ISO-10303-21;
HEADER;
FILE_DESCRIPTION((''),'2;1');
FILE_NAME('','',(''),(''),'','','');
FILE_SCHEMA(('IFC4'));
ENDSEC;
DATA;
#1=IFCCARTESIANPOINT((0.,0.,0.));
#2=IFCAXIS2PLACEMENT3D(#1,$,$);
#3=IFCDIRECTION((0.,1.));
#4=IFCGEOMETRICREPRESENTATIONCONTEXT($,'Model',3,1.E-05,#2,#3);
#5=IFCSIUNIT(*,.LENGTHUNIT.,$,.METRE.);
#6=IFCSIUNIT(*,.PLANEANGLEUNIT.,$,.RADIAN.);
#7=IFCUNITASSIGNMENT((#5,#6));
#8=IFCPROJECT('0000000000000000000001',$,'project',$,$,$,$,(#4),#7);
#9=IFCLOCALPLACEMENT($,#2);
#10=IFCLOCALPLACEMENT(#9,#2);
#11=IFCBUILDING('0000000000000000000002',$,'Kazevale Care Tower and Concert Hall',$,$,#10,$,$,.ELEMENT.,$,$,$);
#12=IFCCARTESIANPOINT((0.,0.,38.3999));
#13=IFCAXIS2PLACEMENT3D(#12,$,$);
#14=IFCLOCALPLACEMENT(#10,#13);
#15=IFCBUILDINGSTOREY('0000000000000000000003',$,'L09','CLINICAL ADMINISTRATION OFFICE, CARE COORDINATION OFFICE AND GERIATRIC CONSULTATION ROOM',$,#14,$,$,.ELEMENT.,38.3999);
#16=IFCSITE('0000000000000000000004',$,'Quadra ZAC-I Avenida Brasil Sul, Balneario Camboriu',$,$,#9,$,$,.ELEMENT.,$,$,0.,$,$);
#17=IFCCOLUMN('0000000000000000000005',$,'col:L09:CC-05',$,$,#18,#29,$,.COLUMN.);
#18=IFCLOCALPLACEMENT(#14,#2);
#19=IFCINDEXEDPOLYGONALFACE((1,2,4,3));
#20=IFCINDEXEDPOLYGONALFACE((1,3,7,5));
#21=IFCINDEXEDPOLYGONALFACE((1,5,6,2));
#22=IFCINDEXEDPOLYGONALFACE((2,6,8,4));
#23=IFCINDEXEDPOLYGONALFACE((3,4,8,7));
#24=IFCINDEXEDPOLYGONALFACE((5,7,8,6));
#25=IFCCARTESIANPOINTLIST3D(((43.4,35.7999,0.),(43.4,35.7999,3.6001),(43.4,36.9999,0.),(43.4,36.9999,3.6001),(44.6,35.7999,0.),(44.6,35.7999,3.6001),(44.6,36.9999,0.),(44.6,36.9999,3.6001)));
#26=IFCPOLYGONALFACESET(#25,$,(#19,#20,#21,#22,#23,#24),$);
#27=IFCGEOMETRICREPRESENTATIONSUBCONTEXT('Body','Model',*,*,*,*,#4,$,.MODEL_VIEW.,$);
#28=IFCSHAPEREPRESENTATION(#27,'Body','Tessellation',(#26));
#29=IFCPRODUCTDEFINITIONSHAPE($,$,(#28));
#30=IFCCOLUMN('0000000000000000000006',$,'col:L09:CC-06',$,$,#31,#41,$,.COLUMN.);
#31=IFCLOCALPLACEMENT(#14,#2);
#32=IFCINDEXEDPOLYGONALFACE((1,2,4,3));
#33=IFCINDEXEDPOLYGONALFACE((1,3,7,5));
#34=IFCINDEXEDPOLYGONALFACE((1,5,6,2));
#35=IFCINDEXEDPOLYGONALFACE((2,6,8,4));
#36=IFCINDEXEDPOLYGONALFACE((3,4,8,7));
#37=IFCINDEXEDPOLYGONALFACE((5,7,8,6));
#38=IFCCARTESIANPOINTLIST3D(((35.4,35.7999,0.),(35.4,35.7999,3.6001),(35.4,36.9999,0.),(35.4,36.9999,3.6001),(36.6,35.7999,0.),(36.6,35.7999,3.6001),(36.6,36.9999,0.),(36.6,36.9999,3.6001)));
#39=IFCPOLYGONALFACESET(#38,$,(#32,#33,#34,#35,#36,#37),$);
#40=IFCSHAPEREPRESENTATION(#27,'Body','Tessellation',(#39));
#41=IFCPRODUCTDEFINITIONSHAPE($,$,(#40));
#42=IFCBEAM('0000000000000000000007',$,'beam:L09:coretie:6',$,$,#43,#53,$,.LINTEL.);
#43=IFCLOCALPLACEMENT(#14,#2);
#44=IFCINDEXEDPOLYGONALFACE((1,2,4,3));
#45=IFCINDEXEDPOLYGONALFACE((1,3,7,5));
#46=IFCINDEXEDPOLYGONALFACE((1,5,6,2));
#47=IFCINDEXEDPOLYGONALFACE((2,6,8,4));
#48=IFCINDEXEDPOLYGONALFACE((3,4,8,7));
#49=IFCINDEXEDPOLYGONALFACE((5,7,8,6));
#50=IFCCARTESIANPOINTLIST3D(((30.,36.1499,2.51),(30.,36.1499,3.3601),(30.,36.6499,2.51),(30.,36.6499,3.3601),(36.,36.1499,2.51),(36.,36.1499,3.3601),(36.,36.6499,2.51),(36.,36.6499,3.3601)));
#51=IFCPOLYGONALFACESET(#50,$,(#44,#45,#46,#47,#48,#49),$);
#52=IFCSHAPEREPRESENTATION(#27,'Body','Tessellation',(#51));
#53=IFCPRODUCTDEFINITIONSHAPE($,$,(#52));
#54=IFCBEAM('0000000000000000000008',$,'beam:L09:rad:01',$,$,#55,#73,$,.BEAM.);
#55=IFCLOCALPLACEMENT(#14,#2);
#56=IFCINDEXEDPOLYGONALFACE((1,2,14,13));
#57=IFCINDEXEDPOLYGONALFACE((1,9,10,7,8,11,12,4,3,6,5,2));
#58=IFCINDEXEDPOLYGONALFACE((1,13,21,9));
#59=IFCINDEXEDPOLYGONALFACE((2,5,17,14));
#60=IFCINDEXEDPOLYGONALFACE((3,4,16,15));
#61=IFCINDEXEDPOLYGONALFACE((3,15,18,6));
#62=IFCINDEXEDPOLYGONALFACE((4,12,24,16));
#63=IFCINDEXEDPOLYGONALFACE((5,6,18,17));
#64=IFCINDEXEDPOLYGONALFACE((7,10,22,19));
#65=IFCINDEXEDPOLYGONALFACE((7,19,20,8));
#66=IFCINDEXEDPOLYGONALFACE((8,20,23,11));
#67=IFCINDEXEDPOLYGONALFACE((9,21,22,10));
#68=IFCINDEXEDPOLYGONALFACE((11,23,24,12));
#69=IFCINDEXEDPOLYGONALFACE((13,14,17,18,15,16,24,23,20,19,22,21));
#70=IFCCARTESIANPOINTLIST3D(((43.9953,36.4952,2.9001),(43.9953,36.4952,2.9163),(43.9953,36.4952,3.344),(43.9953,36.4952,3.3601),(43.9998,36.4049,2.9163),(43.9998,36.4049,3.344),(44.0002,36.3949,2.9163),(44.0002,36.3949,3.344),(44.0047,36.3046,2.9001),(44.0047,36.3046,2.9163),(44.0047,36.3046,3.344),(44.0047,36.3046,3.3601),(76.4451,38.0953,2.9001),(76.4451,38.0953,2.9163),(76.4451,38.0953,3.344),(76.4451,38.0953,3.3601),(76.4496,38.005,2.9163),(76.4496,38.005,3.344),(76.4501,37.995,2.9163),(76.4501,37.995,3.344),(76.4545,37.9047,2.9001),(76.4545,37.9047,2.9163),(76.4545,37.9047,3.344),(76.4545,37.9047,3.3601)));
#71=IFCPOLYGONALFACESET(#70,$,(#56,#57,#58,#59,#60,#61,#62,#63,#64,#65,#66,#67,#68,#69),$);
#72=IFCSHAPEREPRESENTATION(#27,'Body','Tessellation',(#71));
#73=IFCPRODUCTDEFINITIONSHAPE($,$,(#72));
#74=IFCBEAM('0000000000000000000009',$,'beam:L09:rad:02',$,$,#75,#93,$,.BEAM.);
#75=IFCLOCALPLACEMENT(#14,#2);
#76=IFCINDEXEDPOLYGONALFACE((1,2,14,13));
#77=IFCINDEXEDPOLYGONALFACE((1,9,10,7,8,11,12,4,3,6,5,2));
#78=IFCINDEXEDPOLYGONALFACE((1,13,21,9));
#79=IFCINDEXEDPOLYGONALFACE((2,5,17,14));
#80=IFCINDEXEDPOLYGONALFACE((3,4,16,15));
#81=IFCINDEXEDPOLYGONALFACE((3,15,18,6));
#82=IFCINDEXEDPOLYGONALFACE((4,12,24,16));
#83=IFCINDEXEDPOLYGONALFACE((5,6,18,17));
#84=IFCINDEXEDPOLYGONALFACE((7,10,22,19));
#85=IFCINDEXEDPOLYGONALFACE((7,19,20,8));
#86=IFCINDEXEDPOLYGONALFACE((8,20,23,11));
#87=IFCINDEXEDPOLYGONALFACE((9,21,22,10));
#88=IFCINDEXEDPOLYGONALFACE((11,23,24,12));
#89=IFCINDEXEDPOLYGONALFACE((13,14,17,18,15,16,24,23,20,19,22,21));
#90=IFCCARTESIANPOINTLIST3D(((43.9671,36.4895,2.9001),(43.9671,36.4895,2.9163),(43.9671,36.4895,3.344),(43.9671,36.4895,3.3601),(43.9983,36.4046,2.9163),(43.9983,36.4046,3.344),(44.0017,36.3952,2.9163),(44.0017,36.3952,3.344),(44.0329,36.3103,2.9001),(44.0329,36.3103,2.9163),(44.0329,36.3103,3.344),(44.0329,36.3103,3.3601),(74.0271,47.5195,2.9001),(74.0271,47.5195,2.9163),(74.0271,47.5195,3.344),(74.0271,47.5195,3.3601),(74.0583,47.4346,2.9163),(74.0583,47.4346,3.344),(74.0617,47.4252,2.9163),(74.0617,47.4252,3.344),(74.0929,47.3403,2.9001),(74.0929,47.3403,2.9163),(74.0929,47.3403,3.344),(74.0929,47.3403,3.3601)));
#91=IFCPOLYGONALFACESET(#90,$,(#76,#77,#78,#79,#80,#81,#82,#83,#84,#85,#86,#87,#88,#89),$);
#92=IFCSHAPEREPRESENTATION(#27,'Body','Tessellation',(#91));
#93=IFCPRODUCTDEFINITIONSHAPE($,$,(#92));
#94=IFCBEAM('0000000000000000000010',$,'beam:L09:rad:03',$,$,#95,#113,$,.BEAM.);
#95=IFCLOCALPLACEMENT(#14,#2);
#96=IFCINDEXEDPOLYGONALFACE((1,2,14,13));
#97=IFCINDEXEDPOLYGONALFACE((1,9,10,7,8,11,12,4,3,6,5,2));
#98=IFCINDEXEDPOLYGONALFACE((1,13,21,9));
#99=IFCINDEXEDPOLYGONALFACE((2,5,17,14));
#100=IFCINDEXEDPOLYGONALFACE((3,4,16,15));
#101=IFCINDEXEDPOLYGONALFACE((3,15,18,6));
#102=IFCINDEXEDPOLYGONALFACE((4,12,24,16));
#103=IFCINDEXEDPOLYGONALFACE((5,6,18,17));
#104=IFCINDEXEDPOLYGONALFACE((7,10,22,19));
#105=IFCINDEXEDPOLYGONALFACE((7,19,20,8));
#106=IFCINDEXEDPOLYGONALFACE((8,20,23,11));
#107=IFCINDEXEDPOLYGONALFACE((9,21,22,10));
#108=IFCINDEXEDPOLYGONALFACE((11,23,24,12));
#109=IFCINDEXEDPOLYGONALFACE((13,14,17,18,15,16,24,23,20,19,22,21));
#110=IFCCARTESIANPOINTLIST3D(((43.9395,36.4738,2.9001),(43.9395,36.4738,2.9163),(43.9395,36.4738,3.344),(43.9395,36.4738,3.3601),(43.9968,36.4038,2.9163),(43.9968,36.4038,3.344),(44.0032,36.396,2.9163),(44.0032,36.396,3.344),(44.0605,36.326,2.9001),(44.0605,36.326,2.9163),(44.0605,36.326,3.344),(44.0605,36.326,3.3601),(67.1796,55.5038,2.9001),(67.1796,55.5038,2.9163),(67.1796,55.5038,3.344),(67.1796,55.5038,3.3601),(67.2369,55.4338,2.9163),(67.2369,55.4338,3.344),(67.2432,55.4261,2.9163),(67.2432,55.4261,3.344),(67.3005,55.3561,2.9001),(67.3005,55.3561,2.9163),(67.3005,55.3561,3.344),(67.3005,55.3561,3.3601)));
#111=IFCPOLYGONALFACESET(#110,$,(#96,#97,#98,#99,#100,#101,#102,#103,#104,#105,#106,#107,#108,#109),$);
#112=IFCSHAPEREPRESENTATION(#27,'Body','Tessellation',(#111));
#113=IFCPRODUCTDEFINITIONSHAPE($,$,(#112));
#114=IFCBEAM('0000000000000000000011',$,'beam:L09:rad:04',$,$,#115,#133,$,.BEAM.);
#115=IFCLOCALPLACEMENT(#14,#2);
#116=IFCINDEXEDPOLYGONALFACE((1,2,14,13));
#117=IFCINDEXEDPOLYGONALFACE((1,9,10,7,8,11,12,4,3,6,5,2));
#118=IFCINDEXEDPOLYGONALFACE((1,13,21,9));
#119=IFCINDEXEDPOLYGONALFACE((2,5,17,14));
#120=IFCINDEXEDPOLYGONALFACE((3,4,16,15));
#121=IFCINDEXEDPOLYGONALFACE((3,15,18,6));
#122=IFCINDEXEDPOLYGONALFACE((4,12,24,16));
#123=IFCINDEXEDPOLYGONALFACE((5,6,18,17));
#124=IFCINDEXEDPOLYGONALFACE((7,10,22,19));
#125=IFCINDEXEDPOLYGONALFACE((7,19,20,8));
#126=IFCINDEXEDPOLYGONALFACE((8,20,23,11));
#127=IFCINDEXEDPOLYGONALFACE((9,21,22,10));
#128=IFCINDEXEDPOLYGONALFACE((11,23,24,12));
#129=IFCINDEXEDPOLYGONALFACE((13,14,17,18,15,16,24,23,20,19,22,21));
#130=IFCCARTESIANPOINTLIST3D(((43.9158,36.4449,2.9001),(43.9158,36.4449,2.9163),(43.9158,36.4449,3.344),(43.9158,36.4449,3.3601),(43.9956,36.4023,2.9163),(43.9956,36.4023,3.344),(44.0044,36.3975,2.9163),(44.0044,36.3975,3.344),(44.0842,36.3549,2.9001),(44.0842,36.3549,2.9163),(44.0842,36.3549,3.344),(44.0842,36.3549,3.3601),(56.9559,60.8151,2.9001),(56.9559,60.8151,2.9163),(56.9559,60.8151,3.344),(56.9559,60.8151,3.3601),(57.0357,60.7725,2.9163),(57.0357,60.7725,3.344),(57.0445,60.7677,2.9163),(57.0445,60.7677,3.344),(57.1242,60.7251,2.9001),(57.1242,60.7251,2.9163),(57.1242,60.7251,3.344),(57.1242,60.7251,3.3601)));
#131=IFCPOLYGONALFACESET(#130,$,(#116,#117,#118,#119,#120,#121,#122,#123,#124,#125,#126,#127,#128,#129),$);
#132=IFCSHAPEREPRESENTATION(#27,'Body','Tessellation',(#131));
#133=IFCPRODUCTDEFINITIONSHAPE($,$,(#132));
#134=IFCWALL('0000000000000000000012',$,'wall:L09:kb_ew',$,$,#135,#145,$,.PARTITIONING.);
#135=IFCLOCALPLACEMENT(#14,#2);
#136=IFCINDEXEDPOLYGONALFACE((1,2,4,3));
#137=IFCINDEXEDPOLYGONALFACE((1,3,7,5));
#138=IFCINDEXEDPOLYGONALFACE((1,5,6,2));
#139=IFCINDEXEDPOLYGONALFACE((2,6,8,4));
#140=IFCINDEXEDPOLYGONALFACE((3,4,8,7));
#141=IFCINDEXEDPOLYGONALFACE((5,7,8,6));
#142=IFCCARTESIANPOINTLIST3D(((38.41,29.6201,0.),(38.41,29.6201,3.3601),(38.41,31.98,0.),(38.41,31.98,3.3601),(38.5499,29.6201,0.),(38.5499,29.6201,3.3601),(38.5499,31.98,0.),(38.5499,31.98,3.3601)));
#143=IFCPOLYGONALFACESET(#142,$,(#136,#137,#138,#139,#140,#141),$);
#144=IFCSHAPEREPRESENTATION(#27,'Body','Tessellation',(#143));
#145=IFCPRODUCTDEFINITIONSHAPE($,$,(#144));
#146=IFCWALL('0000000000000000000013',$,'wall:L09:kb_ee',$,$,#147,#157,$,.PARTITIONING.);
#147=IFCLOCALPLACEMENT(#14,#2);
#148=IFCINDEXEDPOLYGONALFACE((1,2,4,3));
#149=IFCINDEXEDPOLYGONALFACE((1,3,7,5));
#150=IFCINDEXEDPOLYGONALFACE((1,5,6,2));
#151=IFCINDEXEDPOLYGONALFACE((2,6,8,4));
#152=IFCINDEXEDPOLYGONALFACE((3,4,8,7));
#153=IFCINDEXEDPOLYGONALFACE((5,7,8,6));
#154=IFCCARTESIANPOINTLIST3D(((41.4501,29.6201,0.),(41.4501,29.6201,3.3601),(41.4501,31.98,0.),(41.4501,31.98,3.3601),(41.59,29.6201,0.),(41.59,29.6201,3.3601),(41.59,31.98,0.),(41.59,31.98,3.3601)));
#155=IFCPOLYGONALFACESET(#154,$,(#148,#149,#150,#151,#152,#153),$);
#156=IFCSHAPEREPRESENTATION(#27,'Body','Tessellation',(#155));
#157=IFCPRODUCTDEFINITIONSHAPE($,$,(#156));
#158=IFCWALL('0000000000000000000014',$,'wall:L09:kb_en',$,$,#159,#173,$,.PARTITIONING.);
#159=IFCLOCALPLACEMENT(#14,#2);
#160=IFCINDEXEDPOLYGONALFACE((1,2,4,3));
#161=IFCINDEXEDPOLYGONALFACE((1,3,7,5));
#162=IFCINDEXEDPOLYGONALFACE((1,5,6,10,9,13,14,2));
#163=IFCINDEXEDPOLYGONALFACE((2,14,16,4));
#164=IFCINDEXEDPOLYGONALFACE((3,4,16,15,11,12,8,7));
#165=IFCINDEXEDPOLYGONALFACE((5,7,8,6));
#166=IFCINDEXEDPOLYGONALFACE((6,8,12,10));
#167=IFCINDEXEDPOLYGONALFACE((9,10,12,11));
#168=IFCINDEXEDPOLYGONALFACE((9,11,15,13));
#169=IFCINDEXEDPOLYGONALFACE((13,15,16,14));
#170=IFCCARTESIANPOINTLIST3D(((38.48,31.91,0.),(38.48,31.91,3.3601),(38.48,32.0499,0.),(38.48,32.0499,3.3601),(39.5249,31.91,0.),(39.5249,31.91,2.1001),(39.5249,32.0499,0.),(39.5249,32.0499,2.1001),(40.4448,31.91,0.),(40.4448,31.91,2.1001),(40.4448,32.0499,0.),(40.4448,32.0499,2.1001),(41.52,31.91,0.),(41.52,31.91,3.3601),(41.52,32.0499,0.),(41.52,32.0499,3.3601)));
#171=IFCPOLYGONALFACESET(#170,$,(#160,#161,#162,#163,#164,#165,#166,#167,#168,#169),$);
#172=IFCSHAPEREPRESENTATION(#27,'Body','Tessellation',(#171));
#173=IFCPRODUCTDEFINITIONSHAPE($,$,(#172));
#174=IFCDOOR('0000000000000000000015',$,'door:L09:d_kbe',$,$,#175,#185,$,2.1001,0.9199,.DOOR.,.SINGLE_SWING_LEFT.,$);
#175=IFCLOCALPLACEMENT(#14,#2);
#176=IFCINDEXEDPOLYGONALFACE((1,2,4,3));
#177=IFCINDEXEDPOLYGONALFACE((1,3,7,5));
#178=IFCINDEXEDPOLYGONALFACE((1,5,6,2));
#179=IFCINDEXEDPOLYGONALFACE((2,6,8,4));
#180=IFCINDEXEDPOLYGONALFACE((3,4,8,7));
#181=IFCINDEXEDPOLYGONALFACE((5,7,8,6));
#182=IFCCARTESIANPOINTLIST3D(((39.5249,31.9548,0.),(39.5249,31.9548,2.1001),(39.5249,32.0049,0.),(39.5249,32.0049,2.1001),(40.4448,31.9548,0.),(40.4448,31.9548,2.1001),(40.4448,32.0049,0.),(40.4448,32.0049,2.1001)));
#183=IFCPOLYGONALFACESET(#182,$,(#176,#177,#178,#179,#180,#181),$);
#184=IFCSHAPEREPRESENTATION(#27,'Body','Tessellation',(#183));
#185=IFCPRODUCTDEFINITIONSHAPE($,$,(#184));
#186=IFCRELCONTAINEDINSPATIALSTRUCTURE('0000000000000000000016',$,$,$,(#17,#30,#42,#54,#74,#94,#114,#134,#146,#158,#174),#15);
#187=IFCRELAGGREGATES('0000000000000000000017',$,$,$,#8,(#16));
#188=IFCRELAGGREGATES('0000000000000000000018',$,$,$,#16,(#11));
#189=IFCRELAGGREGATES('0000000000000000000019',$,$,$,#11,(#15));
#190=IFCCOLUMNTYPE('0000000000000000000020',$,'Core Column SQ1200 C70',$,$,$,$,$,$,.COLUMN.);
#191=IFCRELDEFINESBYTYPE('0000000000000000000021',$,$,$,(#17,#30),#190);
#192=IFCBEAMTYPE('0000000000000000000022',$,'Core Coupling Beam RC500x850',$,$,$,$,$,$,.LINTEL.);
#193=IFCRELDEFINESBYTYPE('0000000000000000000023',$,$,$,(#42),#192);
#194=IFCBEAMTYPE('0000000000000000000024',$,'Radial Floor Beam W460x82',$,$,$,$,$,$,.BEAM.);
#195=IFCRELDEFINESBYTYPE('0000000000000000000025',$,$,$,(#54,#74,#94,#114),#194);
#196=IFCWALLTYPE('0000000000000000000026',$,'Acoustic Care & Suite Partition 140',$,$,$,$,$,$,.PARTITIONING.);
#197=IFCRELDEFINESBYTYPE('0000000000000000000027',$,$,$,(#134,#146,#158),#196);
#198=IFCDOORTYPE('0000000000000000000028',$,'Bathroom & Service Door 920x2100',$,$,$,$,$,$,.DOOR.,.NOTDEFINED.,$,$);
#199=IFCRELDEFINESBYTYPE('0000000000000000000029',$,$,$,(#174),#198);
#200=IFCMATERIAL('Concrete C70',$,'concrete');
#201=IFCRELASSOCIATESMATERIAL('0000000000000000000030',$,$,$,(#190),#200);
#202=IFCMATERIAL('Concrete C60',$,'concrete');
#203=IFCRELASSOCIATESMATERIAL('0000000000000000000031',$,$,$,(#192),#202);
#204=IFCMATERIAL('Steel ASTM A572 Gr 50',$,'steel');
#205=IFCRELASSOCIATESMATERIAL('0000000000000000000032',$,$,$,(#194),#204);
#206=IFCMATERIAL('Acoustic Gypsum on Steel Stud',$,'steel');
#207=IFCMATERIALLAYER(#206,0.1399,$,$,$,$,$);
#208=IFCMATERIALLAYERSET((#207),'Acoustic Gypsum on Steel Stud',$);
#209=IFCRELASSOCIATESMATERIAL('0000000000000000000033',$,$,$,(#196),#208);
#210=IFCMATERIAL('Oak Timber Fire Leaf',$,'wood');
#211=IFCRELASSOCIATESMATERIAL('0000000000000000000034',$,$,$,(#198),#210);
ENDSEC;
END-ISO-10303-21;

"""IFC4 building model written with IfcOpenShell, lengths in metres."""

from ifc_helpers import new_model, si_unit, direction, frame, frame_2d, origin, origin_2d, place, context, subcontext, project, spatial, rectangle, i_section, extrude, material, layer, layer_set, material_profile, profile_set, type_object, element, fill, save


model = new_model("IFC4")

# Units and contexts
model_context = context("Model", 3, precision=1e-05, world=origin(), true_north=direction((0.0, 1.0)))
body_context = subcontext(model_context, "Body", "Model", "MODEL_VIEW")
ifc_project = project(units=[si_unit("LENGTHUNIT", "METRE"), si_unit("PLANEANGLEUNIT", "RADIAN")], contexts=[model_context])

# Site, building, storey
site_placement = place(None, origin())
site = spatial("IfcSite", under=ifc_project, at=site_placement, Name="Quadra ZAC-I Avenida Brasil Sul, Balneario Camboriu", CompositionType="ELEMENT", RefElevation=0.0)
building_placement = place(site_placement, origin())
building = spatial("IfcBuilding", under=site, at=building_placement, Name="Kazevale Care Tower and Concert Hall", CompositionType="ELEMENT")
storey_placement = place(building_placement, frame((0.0, 0.0, 38.3999)))
storey = spatial("IfcBuildingStorey", under=building, at=storey_placement, Name="L09", Description="CLINICAL ADMINISTRATION OFFICE, CARE COORDINATION OFFICE AND GERIATRIC CONSULTATION ROOM", CompositionType="ELEMENT", Elevation=38.3999)

# Columns
ifc_material_1 = material(Name="Concrete C70", Category="concrete")
ifc_material_profile_1 = material_profile(ifc_material_1, rectangle(XDim=1.2, YDim=1.2, at=origin_2d()), Name="RC-SQ1200")
ifc_profile_set_1 = profile_set([ifc_material_profile_1], Name="Concrete C70")
column_type = type_object("IfcColumnType", Name="Core Column SQ1200 C70", PredefinedType="COLUMN", material=ifc_profile_set_1)
for number, where, z_axis, x_axis, name in (
    (1, (44.0, 36.3999, 0.0), (0.0, 0.0, 1.0), (1.0, 0.0, 0.0), "col:L09:CC-05"),
    (2, (36.0, 36.3999, 0.0), (0.0, 0.0, 1.0), (1.0, 0.0, 0.0), "col:L09:CC-06"),
):
    element("IfcColumn", number, at=place(storey_placement, frame(where, z_axis=z_axis, x_axis=x_axis)), inside=storey, type_object=column_type, Name=name, PredefinedType="COLUMN", context=body_context, shape_type="SweptSolid", body=[
        extrude(rectangle(XDim=1.2, YDim=1.2, at=origin_2d()), origin(), (0.0, 0.0, 1.0), 3.6001),
    ])

# Beams
ifc_material_2 = material(Name="Concrete C60", Category="concrete")
ifc_material_profile_2 = material_profile(ifc_material_2, rectangle(XDim=0.5, YDim=0.8501, at=origin_2d()), Name="RC-B500x850")
ifc_profile_set_2 = profile_set([ifc_material_profile_2], Name="Concrete C60")
beam_type_1 = type_object("IfcBeamType", Name="Core Coupling Beam RC500x850", PredefinedType="LINTEL", material=ifc_profile_set_2)
beam_1_placement = place(storey_placement, frame((36.0, 36.3999, 2.9351), z_axis=(-1.0, 0.0, 0.0), x_axis=(0.0, -1.0, 0.0)))
element("IfcBeam", 3, at=beam_1_placement, inside=storey, type_object=beam_type_1, Name="beam:L09:coretie:6", PredefinedType="LINTEL", context=body_context, shape_type="SweptSolid", body=[
    extrude(rectangle(XDim=0.5, YDim=0.8501, at=origin_2d()), origin(), (0.0, 0.0, 1.0), 6.0),
])
ifc_material_3 = material(Name="Steel ASTM A572 Gr 50", Category="steel")
ifc_material_profile_3 = material_profile(ifc_material_3, i_section(OverallWidth=0.1909, OverallDepth=0.46, WebThickness=0.01, FlangeThickness=0.0161, at=origin_2d()), Name="W460x82")
ifc_profile_set_3 = profile_set([ifc_material_profile_3], Name="Steel ASTM A572 Gr 50")
beam_type_2 = type_object("IfcBeamType", Name="Radial Floor Beam W460x82", PredefinedType="BEAM", material=ifc_profile_set_3)
beam_2_placement = place(storey_placement, frame((44.0, 36.3999, 3.1301), z_axis=(0.998786, 0.04925, 0.0), x_axis=(-0.04925, 0.998786, 0.0)))
element("IfcBeam", 4, at=beam_2_placement, inside=storey, type_object=beam_type_2, Name="beam:L09:rad:01", PredefinedType="BEAM", context=body_context, shape_type="SweptSolid", body=[
    extrude(i_section(OverallWidth=0.1909, OverallDepth=0.46, WebThickness=0.01, FlangeThickness=0.0161, at=origin_2d()), origin(), (0.0, 0.0, 1.0), 32.4893),
])
beam_3_placement = place(storey_placement, frame((44.0, 36.3999, 3.1301), z_axis=(0.938795, 0.344475, 0.0), x_axis=(-0.344475, 0.938795, 0.0)))
element("IfcBeam", 5, at=beam_3_placement, inside=storey, type_object=beam_type_2, Name="beam:L09:rad:02", PredefinedType="BEAM", context=body_context, shape_type="SweptSolid", body=[
    extrude(i_section(OverallWidth=0.1909, OverallDepth=0.46, WebThickness=0.01, FlangeThickness=0.0161, at=origin_2d()), origin(), (0.0, 0.0, 1.0), 32.0198),
])
beam_4_placement = place(storey_placement, frame((44.0, 36.3999, 3.1301), z_axis=(0.773704, 0.633547, 0.0), x_axis=(-0.633547, 0.773704, 0.0)))
element("IfcBeam", 6, at=beam_4_placement, inside=storey, type_object=beam_type_2, Name="beam:L09:rad:03", PredefinedType="BEAM", context=body_context, shape_type="SweptSolid", body=[
    extrude(i_section(OverallWidth=0.1909, OverallDepth=0.46, WebThickness=0.01, FlangeThickness=0.0161, at=origin_2d()), origin(), (0.0, 0.0, 1.0), 30.0374),
])
beam_5_placement = place(storey_placement, frame((44.0, 36.3999, 3.1301), z_axis=(0.471789, 0.881712, 0.0), x_axis=(-0.881712, 0.471789, 0.0)))
element("IfcBeam", 7, at=beam_5_placement, inside=storey, type_object=beam_type_2, Name="beam:L09:rad:04", PredefinedType="BEAM", context=body_context, shape_type="SweptSolid", body=[
    extrude(i_section(OverallWidth=0.1909, OverallDepth=0.46, WebThickness=0.01, FlangeThickness=0.0161, at=origin_2d()), origin(), (0.0, 0.0, 1.0), 27.6396),
])

# Walls
ifc_material_4 = material(Name="Acoustic Gypsum on Steel Stud", Category="steel")
ifc_layer_1 = layer(ifc_material_4, 0.1399)
ifc_layer_set_1 = layer_set([ifc_layer_1], Name="Acoustic Gypsum on Steel Stud")
wall_type_1 = type_object("IfcWallType", Name="Acoustic Care & Suite Partition 140", PredefinedType="PARTITIONING", material=ifc_layer_set_1)
for number, where, z_axis, x_axis, name in (
    (8, (38.48, 29.6201, 0.0), (0.0, 0.0, 1.0), (0.0, 1.0, 0.0), "wall:L09:kb_ew"),
    (9, (41.52, 29.6201, 0.0), (0.0, 0.0, 1.0), (0.0, 1.0, 0.0), "wall:L09:kb_ee"),
):
    element("IfcWall", number, at=place(storey_placement, frame(where, z_axis=z_axis, x_axis=x_axis)), inside=storey, type_object=wall_type_1, Name=name, PredefinedType="PARTITIONING", context=body_context, shape_type="SweptSolid", body=[
        extrude(rectangle(XDim=2.3599, YDim=0.1399, at=frame_2d((1.1799, 0.0))), origin(), (0.0, 0.0, 1.0), 3.3601),
    ])

# Wall, opening, door
wall_1_placement = place(storey_placement, frame((38.48, 31.98, 0.0), z_axis=(0.0, 0.0, 1.0), x_axis=(1.0, 0.0, 0.0)))
wall_1 = element("IfcWall", 10, at=wall_1_placement, inside=storey, type_object=wall_type_1, Name="wall:L09:kb_en", PredefinedType="PARTITIONING", context=body_context, shape_type="SweptSolid", body=[
    extrude(rectangle(XDim=3.04, YDim=0.1399, at=frame_2d((1.52, 0.0))), origin(), (0.0, 0.0, 1.0), 3.3601),
])
opening_1_placement = place(wall_1_placement, frame((1.0449, 0.0, 0.0)))
opening_1 = element("IfcOpeningElement", 11, at=opening_1_placement, cuts=wall_1, PredefinedType="OPENING", context=body_context, shape_type="SweptSolid", body=[
    extrude(rectangle(XDim=0.9199, YDim=2.1001, at=frame_2d((0.46, 1.05))), frame((0.0, 0.0798, 0.0), z_axis=(0.0, -1.0, 0.0), x_axis=(1.0, 0.0, 0.0)), (0.0, 0.0, 1.0), 0.1599),
])
ifc_material_5 = material(Name="Oak Timber Fire Leaf", Category="wood")
door_type_1 = type_object("IfcDoorType", Name="Bathroom & Service Door 920x2100", OperationType="NOTDEFINED", PredefinedType="DOOR", material=ifc_material_5)
door_1_placement = place(opening_1_placement, origin())
door_1 = element("IfcDoor", 12, at=door_1_placement, inside=storey, type_object=door_type_1, Name="door:L09:d_kbe", OperationType="SINGLE_SWING_LEFT", OverallHeight=2.1001, OverallWidth=0.9199, PredefinedType="DOOR", context=body_context, shape_type="SweptSolid", body=[
    extrude(rectangle(XDim=0.9199, YDim=2.1001, at=frame_2d((0.46, 1.05))), frame((0.0, 0.0249, 0.0), z_axis=(0.0, -1.0, 0.0), x_axis=(1.0, 0.0, 0.0)), (0.0, 0.0, 1.0), 0.05),
])
fill(opening_1, door_1)

save(model, "model.ifc")
